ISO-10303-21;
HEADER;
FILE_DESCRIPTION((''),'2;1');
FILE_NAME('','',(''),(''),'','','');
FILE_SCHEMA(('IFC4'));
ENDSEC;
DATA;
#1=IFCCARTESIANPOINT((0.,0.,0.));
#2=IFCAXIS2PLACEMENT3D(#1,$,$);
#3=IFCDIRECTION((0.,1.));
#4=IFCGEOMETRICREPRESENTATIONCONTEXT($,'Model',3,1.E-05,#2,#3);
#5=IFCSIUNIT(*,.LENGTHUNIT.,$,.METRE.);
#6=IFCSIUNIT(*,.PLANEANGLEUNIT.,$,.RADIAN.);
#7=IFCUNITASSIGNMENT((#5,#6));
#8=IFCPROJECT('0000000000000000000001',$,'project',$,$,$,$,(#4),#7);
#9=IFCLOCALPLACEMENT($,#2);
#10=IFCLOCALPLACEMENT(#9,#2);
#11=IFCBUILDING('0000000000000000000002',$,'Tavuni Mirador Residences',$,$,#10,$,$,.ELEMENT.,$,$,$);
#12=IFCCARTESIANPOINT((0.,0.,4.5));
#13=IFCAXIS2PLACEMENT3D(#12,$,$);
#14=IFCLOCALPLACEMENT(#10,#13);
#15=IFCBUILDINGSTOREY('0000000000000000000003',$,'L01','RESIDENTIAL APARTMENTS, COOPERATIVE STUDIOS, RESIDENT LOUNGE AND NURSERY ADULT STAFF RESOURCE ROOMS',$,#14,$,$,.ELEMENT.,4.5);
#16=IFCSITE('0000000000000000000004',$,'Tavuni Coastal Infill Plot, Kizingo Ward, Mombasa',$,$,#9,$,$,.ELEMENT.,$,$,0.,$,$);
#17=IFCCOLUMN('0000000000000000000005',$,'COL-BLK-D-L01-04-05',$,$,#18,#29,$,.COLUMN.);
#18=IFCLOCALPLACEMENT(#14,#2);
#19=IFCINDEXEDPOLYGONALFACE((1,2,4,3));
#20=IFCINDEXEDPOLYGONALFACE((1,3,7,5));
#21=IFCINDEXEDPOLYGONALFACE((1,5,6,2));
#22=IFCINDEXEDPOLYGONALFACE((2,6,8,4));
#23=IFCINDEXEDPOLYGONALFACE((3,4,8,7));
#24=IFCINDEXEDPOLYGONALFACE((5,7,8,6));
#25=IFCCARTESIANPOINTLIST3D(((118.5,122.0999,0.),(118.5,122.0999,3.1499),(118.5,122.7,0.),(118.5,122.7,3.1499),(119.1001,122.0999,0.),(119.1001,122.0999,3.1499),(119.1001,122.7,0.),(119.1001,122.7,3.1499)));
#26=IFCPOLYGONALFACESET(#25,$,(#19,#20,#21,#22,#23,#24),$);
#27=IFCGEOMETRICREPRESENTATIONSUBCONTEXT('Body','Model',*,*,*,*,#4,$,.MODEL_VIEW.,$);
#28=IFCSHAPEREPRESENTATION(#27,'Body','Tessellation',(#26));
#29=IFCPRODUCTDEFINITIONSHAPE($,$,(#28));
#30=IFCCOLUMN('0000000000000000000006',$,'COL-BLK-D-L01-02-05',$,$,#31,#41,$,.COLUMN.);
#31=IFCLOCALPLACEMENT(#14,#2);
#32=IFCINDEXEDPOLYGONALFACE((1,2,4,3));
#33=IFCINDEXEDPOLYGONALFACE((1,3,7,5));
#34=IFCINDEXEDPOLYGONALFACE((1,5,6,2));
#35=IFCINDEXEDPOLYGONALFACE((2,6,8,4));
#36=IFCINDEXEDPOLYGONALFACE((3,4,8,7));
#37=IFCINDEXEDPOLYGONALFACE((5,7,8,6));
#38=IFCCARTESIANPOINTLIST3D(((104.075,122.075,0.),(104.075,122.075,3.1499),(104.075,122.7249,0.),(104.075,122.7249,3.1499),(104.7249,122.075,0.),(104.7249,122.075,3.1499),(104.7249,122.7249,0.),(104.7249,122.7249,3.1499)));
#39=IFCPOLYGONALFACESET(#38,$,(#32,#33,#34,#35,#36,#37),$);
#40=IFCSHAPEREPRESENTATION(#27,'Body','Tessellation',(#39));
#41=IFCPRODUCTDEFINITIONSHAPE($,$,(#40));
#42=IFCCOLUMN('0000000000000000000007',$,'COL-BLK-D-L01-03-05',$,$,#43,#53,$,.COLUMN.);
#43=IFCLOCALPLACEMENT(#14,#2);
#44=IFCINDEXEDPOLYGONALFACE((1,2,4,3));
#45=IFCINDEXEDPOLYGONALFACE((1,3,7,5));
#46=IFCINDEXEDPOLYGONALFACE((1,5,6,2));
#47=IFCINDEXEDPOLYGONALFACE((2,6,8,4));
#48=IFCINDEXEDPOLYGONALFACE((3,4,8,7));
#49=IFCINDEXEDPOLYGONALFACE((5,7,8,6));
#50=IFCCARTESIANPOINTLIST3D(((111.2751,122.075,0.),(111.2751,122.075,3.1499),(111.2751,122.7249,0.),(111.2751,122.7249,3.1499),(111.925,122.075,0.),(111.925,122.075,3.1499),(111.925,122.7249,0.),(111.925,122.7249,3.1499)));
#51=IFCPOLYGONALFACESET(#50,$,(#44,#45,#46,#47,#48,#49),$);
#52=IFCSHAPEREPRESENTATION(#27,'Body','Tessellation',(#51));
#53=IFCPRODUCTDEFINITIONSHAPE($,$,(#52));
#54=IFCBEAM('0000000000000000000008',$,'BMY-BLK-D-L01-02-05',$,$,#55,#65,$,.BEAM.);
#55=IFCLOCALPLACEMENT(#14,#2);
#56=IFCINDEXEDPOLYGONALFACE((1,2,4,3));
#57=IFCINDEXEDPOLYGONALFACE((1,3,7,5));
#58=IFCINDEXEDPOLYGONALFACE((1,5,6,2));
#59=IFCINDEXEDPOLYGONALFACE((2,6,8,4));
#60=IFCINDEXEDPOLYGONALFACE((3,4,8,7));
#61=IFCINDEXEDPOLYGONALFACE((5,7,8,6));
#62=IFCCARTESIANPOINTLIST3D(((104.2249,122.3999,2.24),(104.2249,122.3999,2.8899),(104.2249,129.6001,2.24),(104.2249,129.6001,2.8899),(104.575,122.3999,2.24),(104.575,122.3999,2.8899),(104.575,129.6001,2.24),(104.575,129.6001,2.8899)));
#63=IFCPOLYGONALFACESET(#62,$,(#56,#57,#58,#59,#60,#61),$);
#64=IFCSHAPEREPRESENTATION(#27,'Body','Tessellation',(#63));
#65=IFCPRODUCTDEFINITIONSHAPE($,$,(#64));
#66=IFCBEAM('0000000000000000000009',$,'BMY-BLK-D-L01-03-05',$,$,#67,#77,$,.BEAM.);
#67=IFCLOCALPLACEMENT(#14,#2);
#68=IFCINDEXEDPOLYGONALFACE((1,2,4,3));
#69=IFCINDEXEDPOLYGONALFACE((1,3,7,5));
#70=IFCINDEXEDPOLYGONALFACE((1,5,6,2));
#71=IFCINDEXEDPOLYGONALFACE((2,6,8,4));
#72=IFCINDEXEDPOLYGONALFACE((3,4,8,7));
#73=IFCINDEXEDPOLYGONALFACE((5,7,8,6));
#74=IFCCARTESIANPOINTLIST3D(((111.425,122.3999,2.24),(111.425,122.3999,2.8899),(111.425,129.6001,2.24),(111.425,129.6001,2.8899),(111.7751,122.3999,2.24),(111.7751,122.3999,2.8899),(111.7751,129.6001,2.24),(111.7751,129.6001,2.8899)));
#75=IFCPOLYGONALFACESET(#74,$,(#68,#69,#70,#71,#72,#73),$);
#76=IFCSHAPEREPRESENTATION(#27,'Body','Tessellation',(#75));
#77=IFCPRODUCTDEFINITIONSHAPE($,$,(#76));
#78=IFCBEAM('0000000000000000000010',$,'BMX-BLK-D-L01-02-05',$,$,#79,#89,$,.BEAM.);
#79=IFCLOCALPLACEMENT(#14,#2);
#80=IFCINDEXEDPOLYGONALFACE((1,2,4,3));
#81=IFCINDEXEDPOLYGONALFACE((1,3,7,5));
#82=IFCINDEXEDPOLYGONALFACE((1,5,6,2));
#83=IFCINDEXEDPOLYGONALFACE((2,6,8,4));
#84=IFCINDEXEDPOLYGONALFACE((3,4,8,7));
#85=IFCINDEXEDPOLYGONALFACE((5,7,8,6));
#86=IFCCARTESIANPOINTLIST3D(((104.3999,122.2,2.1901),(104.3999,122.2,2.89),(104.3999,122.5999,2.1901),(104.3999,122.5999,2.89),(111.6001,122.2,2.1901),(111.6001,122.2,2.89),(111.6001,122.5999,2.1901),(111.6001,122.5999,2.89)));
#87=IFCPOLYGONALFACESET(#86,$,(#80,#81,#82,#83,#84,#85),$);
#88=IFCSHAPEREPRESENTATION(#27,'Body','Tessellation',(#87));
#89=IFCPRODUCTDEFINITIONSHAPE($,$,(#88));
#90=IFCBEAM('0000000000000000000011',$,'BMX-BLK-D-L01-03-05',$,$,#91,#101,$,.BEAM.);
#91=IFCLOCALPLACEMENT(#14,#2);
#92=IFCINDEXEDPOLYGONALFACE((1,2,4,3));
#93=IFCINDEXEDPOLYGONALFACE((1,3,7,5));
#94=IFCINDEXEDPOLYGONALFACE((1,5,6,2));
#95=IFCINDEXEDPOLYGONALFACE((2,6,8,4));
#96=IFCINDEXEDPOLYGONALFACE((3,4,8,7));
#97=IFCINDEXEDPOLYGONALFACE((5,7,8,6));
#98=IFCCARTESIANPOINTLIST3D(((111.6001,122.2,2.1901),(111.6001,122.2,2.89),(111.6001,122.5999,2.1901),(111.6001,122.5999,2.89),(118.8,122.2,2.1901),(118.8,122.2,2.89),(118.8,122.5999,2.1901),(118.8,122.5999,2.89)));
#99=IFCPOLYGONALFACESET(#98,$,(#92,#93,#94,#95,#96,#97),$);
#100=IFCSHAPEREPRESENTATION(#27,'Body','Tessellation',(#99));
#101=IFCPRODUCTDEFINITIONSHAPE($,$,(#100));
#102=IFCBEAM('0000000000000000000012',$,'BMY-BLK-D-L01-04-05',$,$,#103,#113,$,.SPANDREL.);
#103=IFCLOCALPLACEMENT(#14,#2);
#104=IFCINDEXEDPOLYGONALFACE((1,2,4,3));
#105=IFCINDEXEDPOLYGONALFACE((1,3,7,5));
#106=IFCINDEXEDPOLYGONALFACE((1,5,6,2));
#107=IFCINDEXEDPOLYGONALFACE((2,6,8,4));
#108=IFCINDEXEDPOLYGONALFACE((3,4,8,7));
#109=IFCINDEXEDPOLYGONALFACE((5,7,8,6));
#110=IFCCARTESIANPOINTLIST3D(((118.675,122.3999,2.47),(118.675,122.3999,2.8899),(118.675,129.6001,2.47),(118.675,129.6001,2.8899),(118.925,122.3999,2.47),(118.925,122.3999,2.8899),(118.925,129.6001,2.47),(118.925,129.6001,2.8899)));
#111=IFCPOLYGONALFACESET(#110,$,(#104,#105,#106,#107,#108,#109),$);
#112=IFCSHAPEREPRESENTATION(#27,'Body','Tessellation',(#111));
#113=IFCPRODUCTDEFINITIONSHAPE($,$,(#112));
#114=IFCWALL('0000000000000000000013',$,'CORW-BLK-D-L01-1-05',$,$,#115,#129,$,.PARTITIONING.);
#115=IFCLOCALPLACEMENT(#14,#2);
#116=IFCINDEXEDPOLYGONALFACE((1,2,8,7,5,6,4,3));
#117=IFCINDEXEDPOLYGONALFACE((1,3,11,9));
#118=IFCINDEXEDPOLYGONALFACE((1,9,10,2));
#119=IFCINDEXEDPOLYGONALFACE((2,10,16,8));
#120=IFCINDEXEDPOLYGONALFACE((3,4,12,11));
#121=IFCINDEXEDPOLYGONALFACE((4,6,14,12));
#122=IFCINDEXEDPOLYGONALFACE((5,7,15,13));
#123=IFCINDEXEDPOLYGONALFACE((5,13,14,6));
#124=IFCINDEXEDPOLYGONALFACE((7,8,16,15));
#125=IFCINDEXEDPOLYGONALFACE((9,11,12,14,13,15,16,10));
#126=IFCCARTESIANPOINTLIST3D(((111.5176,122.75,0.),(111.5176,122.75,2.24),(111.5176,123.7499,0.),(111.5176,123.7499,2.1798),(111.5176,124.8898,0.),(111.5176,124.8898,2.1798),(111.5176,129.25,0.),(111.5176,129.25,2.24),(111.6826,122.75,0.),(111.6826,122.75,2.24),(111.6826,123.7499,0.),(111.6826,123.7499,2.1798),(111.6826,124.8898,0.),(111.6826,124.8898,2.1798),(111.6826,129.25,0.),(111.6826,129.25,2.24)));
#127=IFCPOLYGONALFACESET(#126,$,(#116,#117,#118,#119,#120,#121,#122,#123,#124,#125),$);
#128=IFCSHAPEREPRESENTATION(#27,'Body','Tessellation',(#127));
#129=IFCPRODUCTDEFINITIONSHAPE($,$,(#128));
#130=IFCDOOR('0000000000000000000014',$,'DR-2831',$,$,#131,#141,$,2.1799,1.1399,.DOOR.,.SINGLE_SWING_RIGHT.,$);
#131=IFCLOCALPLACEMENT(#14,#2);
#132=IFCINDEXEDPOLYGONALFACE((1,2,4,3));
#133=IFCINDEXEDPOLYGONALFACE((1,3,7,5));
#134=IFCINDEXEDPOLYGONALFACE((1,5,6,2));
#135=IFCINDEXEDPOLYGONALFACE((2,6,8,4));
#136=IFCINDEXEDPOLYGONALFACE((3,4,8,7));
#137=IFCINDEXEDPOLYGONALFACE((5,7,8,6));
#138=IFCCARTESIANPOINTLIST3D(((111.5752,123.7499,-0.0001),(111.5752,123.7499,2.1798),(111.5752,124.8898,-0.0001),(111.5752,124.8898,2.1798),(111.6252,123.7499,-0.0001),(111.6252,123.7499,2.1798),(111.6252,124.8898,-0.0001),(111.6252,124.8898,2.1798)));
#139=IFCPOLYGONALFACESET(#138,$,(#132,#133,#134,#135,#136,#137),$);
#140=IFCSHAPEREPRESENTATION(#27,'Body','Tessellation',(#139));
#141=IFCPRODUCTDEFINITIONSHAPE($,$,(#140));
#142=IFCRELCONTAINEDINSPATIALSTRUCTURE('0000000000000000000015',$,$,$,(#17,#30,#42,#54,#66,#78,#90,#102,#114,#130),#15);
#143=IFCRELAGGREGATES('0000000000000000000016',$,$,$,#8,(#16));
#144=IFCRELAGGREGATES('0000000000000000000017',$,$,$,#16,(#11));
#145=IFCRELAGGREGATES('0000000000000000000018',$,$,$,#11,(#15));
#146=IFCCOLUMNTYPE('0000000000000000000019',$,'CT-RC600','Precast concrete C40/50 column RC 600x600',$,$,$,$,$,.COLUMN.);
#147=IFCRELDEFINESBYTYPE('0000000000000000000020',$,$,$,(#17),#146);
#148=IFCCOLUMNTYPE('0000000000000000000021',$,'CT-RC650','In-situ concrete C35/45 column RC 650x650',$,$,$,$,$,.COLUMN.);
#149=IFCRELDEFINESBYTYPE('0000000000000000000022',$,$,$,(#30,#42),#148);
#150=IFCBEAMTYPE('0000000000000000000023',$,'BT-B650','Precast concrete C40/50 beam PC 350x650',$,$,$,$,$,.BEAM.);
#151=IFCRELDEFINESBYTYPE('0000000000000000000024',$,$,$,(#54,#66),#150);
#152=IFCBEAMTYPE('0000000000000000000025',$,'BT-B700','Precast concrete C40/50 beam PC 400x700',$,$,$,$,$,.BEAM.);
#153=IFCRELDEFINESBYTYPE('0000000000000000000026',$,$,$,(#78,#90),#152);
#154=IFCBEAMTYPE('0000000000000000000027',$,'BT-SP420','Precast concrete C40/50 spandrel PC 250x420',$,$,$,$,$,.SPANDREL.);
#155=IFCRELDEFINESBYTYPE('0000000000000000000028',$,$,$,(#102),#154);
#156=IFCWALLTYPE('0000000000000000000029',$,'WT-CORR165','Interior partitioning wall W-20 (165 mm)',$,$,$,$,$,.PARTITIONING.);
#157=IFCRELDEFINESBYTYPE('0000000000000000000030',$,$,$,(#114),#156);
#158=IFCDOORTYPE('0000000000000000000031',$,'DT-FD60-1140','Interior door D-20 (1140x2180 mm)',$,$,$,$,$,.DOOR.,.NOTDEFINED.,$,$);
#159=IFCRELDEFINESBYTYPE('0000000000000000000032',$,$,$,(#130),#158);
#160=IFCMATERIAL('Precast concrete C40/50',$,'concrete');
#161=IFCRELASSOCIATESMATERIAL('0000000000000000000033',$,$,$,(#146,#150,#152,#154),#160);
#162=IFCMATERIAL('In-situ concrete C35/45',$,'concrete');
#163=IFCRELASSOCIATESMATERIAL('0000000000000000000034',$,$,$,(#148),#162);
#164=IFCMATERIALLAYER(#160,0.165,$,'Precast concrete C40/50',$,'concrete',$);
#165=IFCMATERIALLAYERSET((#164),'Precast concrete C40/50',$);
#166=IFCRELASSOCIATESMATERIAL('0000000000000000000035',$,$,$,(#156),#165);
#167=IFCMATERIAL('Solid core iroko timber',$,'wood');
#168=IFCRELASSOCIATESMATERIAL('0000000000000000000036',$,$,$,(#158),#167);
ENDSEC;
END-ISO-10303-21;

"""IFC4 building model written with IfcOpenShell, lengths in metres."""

from ifc_helpers import new_model, si_unit, direction, frame, frame_2d, origin, origin_2d, place, context, subcontext, project, spatial, rectangle, extrude, material, layer, layer_set, material_profile, profile_set, type_object, element, fill, save


model = new_model("IFC4")

# Units and contexts
model_context = context("Model", 3, precision=1e-05, world=origin(), true_north=direction((0.0, 1.0)))
body_context = subcontext(model_context, "Body", "Model", "MODEL_VIEW")
ifc_project = project(units=[si_unit("LENGTHUNIT", "METRE"), si_unit("PLANEANGLEUNIT", "RADIAN")], contexts=[model_context])

# Site, building, storey
site_placement = place(None, origin())
site = spatial("IfcSite", under=ifc_project, at=site_placement, Name="Tavuni Coastal Infill Plot, Kizingo Ward, Mombasa", CompositionType="ELEMENT", RefElevation=0.0)
building_placement = place(site_placement, origin())
building = spatial("IfcBuilding", under=site, at=building_placement, Name="Tavuni Mirador Residences", CompositionType="ELEMENT")
storey_placement = place(building_placement, frame((0.0, 0.0, 4.5)))
storey = spatial("IfcBuildingStorey", under=building, at=storey_placement, Name="L01", Description="RESIDENTIAL APARTMENTS, COOPERATIVE STUDIOS, RESIDENT LOUNGE AND NURSERY ADULT STAFF RESOURCE ROOMS", CompositionType="ELEMENT", Elevation=4.5)

# Columns
ifc_material_1 = material(Name="Precast concrete C40/50", Category="concrete")
ifc_material_profile_1 = material_profile(ifc_material_1, rectangle(XDim=0.6001, YDim=0.6001, at=origin_2d()), Name="RC 600x600", Category="concrete")
ifc_profile_set_1 = profile_set([ifc_material_profile_1], Name="Precast concrete C40/50")
column_type_1 = type_object("IfcColumnType", Name="CT-RC600", Description="Precast concrete C40/50 column RC 600x600", PredefinedType="COLUMN", material=ifc_profile_set_1)
column_placement = place(storey_placement, frame((118.8, 122.3999, 0.0), z_axis=(0.0, 0.0, 1.0), x_axis=(1.0, 0.0, 0.0)))
element("IfcColumn", 1, at=column_placement, inside=storey, type_object=column_type_1, Name="COL-BLK-D-L01-04-05", PredefinedType="COLUMN", context=body_context, shape_type="SweptSolid", body=[
    extrude(rectangle(XDim=0.6001, YDim=0.6001, at=origin_2d()), origin(), (0.0, 0.0, 1.0), 3.1499),
])
ifc_material_2 = material(Name="In-situ concrete C35/45", Category="concrete")
ifc_material_profile_2 = material_profile(ifc_material_2, rectangle(XDim=0.6499, YDim=0.6499, at=origin_2d()), Name="RC 650x650", Category="concrete")
ifc_profile_set_2 = profile_set([ifc_material_profile_2], Name="In-situ concrete C35/45")
column_type_2 = type_object("IfcColumnType", Name="CT-RC650", Description="In-situ concrete C35/45 column RC 650x650", PredefinedType="COLUMN", material=ifc_profile_set_2)
for number, where, z_axis, x_axis, name in (
    (2, (104.3999, 122.3999, 0.0), (0.0, 0.0, 1.0), (1.0, 0.0, 0.0), "COL-BLK-D-L01-02-05"),
    (3, (111.6001, 122.3999, 0.0), (0.0, 0.0, 1.0), (1.0, 0.0, 0.0), "COL-BLK-D-L01-03-05"),
):
    element("IfcColumn", number, at=place(storey_placement, frame(where, z_axis=z_axis, x_axis=x_axis)), inside=storey, type_object=column_type_2, Name=name, PredefinedType="COLUMN", context=body_context, shape_type="SweptSolid", body=[
        extrude(rectangle(XDim=0.6499, YDim=0.6499, at=origin_2d()), origin(), (0.0, 0.0, 1.0), 3.1499),
    ])

# Beams
ifc_material_profile_3 = material_profile(ifc_material_1, rectangle(XDim=0.3501, YDim=0.6499, at=origin_2d()), Name="PC 350x650", Category="concrete")
ifc_profile_set_3 = profile_set([ifc_material_profile_3], Name="Precast concrete C40/50")
beam_type_1 = type_object("IfcBeamType", Name="BT-B650", Description="Precast concrete C40/50 beam PC 350x650", PredefinedType="BEAM", material=ifc_profile_set_3)
for number, where, z_axis, x_axis, name in (
    (4, (104.3999, 122.3999, 2.5649), (0.0, 1.0, 0.0), (-1.0, 0.0, 0.0), "BMY-BLK-D-L01-02-05"),
    (5, (111.6001, 122.3999, 2.5649), (0.0, 1.0, 0.0), (-1.0, 0.0, 0.0), "BMY-BLK-D-L01-03-05"),
):
    element("IfcBeam", number, at=place(storey_placement, frame(where, z_axis=z_axis, x_axis=x_axis)), inside=storey, type_object=beam_type_1, Name=name, PredefinedType="BEAM", context=body_context, shape_type="SweptSolid", body=[
        extrude(rectangle(XDim=0.3501, YDim=0.6499, at=origin_2d()), origin(), (0.0, 0.0, 1.0), 7.2002),
    ])
ifc_material_profile_4 = material_profile(ifc_material_1, rectangle(XDim=0.3999, YDim=0.7, at=origin_2d()), Name="PC 400x700", Category="concrete")
ifc_profile_set_4 = profile_set([ifc_material_profile_4], Name="Precast concrete C40/50")
beam_type_2 = type_object("IfcBeamType", Name="BT-B700", Description="Precast concrete C40/50 beam PC 400x700", PredefinedType="BEAM", material=ifc_profile_set_4)
beam_1_placement = place(storey_placement, frame((104.3999, 122.3999, 2.54), z_axis=(1.0, 0.0, 0.0), x_axis=(0.0, 1.0, 0.0)))
element("IfcBeam", 6, at=beam_1_placement, inside=storey, type_object=beam_type_2, Name="BMX-BLK-D-L01-02-05", PredefinedType="BEAM", context=body_context, shape_type="SweptSolid", body=[
    extrude(rectangle(XDim=0.3999, YDim=0.7, at=origin_2d()), origin(), (0.0, 0.0, 1.0), 7.2002),
])
beam_2_placement = place(storey_placement, frame((111.6001, 122.3999, 2.54), z_axis=(1.0, 0.0, 0.0), x_axis=(0.0, 1.0, 0.0)))
element("IfcBeam", 7, at=beam_2_placement, inside=storey, type_object=beam_type_2, Name="BMX-BLK-D-L01-03-05", PredefinedType="BEAM", context=body_context, shape_type="SweptSolid", body=[
    extrude(rectangle(XDim=0.3999, YDim=0.7, at=origin_2d()), origin(), (0.0, 0.0, 1.0), 7.2),
])
ifc_material_profile_5 = material_profile(ifc_material_1, rectangle(XDim=0.25, YDim=0.4199, at=origin_2d()), Name="PC 250x420", Category="concrete")
ifc_profile_set_5 = profile_set([ifc_material_profile_5], Name="Precast concrete C40/50")
beam_type_3 = type_object("IfcBeamType", Name="BT-SP420", Description="Precast concrete C40/50 spandrel PC 250x420", PredefinedType="SPANDREL", material=ifc_profile_set_5)
beam_3_placement = place(storey_placement, frame((118.8, 122.3999, 2.6799), z_axis=(0.0, 1.0, 0.0), x_axis=(-1.0, 0.0, 0.0)))
element("IfcBeam", 8, at=beam_3_placement, inside=storey, type_object=beam_type_3, Name="BMY-BLK-D-L01-04-05", PredefinedType="SPANDREL", context=body_context, shape_type="SweptSolid", body=[
    extrude(rectangle(XDim=0.25, YDim=0.4199, at=origin_2d()), origin(), (0.0, 0.0, 1.0), 7.2002),
])

# Wall, opening, door
ifc_layer_1 = layer(ifc_material_1, 0.165, Name="Precast concrete C40/50", Category="concrete")
ifc_layer_set_1 = layer_set([ifc_layer_1], Name="Precast concrete C40/50")
wall_type_1 = type_object("IfcWallType", Name="WT-CORR165", Description="Interior partitioning wall W-20 (165 mm)", PredefinedType="PARTITIONING", material=ifc_layer_set_1)
ifc_material_3 = material(Name="Solid core iroko timber", Category="wood")
wall_1_placement = place(storey_placement, frame((111.6001, 122.75, 0.0), z_axis=(0.0, 0.0, 1.0), x_axis=(0.0, 1.0, 0.0)))
wall_1 = element("IfcWall", 9, at=wall_1_placement, inside=storey, type_object=wall_type_1, Name="CORW-BLK-D-L01-1-05", PredefinedType="PARTITIONING", context=body_context, shape_type="SweptSolid", body=[
    extrude(rectangle(XDim=6.5, YDim=0.165, at=frame_2d((3.25, 0.0))), origin(), (0.0, 0.0, 1.0), 2.24),
])
opening_1_placement = place(wall_1_placement, frame((1.0, 0.0, 0.0)))
opening_1 = element("IfcOpeningElement", 10, at=opening_1_placement, cuts=wall_1, PredefinedType="OPENING", context=body_context, shape_type="SweptSolid", body=[
    extrude(rectangle(XDim=1.1399, YDim=2.1799, at=frame_2d((0.5698, 1.0898))), frame((0.0, 0.0925, 0.0), z_axis=(0.0, -1.0, 0.0), x_axis=(1.0, 0.0, 0.0)), (0.0, 0.0, 1.0), 0.1851),
])
door_type_1 = type_object("IfcDoorType", Name="DT-FD60-1140", Description="Interior door D-20 (1140x2180 mm)", OperationType="NOTDEFINED", PredefinedType="DOOR", material=ifc_material_3)
door_1_placement = place(opening_1_placement, origin())
door_1 = element("IfcDoor", 11, at=door_1_placement, inside=storey, type_object=door_type_1, Name="DR-2831", OperationType="SINGLE_SWING_RIGHT", OverallHeight=2.1799, OverallWidth=1.1399, PredefinedType="DOOR", context=body_context, shape_type="SweptSolid", body=[
    extrude(rectangle(XDim=1.1399, YDim=2.1799, at=frame_2d((0.5698, 1.0898))), frame((0.0, 0.0249, 0.0), z_axis=(0.0, -1.0, 0.0), x_axis=(1.0, 0.0, 0.0)), (0.0, 0.0, 1.0), 0.05),
])
fill(opening_1, door_1)

save(model, "model.ifc")
